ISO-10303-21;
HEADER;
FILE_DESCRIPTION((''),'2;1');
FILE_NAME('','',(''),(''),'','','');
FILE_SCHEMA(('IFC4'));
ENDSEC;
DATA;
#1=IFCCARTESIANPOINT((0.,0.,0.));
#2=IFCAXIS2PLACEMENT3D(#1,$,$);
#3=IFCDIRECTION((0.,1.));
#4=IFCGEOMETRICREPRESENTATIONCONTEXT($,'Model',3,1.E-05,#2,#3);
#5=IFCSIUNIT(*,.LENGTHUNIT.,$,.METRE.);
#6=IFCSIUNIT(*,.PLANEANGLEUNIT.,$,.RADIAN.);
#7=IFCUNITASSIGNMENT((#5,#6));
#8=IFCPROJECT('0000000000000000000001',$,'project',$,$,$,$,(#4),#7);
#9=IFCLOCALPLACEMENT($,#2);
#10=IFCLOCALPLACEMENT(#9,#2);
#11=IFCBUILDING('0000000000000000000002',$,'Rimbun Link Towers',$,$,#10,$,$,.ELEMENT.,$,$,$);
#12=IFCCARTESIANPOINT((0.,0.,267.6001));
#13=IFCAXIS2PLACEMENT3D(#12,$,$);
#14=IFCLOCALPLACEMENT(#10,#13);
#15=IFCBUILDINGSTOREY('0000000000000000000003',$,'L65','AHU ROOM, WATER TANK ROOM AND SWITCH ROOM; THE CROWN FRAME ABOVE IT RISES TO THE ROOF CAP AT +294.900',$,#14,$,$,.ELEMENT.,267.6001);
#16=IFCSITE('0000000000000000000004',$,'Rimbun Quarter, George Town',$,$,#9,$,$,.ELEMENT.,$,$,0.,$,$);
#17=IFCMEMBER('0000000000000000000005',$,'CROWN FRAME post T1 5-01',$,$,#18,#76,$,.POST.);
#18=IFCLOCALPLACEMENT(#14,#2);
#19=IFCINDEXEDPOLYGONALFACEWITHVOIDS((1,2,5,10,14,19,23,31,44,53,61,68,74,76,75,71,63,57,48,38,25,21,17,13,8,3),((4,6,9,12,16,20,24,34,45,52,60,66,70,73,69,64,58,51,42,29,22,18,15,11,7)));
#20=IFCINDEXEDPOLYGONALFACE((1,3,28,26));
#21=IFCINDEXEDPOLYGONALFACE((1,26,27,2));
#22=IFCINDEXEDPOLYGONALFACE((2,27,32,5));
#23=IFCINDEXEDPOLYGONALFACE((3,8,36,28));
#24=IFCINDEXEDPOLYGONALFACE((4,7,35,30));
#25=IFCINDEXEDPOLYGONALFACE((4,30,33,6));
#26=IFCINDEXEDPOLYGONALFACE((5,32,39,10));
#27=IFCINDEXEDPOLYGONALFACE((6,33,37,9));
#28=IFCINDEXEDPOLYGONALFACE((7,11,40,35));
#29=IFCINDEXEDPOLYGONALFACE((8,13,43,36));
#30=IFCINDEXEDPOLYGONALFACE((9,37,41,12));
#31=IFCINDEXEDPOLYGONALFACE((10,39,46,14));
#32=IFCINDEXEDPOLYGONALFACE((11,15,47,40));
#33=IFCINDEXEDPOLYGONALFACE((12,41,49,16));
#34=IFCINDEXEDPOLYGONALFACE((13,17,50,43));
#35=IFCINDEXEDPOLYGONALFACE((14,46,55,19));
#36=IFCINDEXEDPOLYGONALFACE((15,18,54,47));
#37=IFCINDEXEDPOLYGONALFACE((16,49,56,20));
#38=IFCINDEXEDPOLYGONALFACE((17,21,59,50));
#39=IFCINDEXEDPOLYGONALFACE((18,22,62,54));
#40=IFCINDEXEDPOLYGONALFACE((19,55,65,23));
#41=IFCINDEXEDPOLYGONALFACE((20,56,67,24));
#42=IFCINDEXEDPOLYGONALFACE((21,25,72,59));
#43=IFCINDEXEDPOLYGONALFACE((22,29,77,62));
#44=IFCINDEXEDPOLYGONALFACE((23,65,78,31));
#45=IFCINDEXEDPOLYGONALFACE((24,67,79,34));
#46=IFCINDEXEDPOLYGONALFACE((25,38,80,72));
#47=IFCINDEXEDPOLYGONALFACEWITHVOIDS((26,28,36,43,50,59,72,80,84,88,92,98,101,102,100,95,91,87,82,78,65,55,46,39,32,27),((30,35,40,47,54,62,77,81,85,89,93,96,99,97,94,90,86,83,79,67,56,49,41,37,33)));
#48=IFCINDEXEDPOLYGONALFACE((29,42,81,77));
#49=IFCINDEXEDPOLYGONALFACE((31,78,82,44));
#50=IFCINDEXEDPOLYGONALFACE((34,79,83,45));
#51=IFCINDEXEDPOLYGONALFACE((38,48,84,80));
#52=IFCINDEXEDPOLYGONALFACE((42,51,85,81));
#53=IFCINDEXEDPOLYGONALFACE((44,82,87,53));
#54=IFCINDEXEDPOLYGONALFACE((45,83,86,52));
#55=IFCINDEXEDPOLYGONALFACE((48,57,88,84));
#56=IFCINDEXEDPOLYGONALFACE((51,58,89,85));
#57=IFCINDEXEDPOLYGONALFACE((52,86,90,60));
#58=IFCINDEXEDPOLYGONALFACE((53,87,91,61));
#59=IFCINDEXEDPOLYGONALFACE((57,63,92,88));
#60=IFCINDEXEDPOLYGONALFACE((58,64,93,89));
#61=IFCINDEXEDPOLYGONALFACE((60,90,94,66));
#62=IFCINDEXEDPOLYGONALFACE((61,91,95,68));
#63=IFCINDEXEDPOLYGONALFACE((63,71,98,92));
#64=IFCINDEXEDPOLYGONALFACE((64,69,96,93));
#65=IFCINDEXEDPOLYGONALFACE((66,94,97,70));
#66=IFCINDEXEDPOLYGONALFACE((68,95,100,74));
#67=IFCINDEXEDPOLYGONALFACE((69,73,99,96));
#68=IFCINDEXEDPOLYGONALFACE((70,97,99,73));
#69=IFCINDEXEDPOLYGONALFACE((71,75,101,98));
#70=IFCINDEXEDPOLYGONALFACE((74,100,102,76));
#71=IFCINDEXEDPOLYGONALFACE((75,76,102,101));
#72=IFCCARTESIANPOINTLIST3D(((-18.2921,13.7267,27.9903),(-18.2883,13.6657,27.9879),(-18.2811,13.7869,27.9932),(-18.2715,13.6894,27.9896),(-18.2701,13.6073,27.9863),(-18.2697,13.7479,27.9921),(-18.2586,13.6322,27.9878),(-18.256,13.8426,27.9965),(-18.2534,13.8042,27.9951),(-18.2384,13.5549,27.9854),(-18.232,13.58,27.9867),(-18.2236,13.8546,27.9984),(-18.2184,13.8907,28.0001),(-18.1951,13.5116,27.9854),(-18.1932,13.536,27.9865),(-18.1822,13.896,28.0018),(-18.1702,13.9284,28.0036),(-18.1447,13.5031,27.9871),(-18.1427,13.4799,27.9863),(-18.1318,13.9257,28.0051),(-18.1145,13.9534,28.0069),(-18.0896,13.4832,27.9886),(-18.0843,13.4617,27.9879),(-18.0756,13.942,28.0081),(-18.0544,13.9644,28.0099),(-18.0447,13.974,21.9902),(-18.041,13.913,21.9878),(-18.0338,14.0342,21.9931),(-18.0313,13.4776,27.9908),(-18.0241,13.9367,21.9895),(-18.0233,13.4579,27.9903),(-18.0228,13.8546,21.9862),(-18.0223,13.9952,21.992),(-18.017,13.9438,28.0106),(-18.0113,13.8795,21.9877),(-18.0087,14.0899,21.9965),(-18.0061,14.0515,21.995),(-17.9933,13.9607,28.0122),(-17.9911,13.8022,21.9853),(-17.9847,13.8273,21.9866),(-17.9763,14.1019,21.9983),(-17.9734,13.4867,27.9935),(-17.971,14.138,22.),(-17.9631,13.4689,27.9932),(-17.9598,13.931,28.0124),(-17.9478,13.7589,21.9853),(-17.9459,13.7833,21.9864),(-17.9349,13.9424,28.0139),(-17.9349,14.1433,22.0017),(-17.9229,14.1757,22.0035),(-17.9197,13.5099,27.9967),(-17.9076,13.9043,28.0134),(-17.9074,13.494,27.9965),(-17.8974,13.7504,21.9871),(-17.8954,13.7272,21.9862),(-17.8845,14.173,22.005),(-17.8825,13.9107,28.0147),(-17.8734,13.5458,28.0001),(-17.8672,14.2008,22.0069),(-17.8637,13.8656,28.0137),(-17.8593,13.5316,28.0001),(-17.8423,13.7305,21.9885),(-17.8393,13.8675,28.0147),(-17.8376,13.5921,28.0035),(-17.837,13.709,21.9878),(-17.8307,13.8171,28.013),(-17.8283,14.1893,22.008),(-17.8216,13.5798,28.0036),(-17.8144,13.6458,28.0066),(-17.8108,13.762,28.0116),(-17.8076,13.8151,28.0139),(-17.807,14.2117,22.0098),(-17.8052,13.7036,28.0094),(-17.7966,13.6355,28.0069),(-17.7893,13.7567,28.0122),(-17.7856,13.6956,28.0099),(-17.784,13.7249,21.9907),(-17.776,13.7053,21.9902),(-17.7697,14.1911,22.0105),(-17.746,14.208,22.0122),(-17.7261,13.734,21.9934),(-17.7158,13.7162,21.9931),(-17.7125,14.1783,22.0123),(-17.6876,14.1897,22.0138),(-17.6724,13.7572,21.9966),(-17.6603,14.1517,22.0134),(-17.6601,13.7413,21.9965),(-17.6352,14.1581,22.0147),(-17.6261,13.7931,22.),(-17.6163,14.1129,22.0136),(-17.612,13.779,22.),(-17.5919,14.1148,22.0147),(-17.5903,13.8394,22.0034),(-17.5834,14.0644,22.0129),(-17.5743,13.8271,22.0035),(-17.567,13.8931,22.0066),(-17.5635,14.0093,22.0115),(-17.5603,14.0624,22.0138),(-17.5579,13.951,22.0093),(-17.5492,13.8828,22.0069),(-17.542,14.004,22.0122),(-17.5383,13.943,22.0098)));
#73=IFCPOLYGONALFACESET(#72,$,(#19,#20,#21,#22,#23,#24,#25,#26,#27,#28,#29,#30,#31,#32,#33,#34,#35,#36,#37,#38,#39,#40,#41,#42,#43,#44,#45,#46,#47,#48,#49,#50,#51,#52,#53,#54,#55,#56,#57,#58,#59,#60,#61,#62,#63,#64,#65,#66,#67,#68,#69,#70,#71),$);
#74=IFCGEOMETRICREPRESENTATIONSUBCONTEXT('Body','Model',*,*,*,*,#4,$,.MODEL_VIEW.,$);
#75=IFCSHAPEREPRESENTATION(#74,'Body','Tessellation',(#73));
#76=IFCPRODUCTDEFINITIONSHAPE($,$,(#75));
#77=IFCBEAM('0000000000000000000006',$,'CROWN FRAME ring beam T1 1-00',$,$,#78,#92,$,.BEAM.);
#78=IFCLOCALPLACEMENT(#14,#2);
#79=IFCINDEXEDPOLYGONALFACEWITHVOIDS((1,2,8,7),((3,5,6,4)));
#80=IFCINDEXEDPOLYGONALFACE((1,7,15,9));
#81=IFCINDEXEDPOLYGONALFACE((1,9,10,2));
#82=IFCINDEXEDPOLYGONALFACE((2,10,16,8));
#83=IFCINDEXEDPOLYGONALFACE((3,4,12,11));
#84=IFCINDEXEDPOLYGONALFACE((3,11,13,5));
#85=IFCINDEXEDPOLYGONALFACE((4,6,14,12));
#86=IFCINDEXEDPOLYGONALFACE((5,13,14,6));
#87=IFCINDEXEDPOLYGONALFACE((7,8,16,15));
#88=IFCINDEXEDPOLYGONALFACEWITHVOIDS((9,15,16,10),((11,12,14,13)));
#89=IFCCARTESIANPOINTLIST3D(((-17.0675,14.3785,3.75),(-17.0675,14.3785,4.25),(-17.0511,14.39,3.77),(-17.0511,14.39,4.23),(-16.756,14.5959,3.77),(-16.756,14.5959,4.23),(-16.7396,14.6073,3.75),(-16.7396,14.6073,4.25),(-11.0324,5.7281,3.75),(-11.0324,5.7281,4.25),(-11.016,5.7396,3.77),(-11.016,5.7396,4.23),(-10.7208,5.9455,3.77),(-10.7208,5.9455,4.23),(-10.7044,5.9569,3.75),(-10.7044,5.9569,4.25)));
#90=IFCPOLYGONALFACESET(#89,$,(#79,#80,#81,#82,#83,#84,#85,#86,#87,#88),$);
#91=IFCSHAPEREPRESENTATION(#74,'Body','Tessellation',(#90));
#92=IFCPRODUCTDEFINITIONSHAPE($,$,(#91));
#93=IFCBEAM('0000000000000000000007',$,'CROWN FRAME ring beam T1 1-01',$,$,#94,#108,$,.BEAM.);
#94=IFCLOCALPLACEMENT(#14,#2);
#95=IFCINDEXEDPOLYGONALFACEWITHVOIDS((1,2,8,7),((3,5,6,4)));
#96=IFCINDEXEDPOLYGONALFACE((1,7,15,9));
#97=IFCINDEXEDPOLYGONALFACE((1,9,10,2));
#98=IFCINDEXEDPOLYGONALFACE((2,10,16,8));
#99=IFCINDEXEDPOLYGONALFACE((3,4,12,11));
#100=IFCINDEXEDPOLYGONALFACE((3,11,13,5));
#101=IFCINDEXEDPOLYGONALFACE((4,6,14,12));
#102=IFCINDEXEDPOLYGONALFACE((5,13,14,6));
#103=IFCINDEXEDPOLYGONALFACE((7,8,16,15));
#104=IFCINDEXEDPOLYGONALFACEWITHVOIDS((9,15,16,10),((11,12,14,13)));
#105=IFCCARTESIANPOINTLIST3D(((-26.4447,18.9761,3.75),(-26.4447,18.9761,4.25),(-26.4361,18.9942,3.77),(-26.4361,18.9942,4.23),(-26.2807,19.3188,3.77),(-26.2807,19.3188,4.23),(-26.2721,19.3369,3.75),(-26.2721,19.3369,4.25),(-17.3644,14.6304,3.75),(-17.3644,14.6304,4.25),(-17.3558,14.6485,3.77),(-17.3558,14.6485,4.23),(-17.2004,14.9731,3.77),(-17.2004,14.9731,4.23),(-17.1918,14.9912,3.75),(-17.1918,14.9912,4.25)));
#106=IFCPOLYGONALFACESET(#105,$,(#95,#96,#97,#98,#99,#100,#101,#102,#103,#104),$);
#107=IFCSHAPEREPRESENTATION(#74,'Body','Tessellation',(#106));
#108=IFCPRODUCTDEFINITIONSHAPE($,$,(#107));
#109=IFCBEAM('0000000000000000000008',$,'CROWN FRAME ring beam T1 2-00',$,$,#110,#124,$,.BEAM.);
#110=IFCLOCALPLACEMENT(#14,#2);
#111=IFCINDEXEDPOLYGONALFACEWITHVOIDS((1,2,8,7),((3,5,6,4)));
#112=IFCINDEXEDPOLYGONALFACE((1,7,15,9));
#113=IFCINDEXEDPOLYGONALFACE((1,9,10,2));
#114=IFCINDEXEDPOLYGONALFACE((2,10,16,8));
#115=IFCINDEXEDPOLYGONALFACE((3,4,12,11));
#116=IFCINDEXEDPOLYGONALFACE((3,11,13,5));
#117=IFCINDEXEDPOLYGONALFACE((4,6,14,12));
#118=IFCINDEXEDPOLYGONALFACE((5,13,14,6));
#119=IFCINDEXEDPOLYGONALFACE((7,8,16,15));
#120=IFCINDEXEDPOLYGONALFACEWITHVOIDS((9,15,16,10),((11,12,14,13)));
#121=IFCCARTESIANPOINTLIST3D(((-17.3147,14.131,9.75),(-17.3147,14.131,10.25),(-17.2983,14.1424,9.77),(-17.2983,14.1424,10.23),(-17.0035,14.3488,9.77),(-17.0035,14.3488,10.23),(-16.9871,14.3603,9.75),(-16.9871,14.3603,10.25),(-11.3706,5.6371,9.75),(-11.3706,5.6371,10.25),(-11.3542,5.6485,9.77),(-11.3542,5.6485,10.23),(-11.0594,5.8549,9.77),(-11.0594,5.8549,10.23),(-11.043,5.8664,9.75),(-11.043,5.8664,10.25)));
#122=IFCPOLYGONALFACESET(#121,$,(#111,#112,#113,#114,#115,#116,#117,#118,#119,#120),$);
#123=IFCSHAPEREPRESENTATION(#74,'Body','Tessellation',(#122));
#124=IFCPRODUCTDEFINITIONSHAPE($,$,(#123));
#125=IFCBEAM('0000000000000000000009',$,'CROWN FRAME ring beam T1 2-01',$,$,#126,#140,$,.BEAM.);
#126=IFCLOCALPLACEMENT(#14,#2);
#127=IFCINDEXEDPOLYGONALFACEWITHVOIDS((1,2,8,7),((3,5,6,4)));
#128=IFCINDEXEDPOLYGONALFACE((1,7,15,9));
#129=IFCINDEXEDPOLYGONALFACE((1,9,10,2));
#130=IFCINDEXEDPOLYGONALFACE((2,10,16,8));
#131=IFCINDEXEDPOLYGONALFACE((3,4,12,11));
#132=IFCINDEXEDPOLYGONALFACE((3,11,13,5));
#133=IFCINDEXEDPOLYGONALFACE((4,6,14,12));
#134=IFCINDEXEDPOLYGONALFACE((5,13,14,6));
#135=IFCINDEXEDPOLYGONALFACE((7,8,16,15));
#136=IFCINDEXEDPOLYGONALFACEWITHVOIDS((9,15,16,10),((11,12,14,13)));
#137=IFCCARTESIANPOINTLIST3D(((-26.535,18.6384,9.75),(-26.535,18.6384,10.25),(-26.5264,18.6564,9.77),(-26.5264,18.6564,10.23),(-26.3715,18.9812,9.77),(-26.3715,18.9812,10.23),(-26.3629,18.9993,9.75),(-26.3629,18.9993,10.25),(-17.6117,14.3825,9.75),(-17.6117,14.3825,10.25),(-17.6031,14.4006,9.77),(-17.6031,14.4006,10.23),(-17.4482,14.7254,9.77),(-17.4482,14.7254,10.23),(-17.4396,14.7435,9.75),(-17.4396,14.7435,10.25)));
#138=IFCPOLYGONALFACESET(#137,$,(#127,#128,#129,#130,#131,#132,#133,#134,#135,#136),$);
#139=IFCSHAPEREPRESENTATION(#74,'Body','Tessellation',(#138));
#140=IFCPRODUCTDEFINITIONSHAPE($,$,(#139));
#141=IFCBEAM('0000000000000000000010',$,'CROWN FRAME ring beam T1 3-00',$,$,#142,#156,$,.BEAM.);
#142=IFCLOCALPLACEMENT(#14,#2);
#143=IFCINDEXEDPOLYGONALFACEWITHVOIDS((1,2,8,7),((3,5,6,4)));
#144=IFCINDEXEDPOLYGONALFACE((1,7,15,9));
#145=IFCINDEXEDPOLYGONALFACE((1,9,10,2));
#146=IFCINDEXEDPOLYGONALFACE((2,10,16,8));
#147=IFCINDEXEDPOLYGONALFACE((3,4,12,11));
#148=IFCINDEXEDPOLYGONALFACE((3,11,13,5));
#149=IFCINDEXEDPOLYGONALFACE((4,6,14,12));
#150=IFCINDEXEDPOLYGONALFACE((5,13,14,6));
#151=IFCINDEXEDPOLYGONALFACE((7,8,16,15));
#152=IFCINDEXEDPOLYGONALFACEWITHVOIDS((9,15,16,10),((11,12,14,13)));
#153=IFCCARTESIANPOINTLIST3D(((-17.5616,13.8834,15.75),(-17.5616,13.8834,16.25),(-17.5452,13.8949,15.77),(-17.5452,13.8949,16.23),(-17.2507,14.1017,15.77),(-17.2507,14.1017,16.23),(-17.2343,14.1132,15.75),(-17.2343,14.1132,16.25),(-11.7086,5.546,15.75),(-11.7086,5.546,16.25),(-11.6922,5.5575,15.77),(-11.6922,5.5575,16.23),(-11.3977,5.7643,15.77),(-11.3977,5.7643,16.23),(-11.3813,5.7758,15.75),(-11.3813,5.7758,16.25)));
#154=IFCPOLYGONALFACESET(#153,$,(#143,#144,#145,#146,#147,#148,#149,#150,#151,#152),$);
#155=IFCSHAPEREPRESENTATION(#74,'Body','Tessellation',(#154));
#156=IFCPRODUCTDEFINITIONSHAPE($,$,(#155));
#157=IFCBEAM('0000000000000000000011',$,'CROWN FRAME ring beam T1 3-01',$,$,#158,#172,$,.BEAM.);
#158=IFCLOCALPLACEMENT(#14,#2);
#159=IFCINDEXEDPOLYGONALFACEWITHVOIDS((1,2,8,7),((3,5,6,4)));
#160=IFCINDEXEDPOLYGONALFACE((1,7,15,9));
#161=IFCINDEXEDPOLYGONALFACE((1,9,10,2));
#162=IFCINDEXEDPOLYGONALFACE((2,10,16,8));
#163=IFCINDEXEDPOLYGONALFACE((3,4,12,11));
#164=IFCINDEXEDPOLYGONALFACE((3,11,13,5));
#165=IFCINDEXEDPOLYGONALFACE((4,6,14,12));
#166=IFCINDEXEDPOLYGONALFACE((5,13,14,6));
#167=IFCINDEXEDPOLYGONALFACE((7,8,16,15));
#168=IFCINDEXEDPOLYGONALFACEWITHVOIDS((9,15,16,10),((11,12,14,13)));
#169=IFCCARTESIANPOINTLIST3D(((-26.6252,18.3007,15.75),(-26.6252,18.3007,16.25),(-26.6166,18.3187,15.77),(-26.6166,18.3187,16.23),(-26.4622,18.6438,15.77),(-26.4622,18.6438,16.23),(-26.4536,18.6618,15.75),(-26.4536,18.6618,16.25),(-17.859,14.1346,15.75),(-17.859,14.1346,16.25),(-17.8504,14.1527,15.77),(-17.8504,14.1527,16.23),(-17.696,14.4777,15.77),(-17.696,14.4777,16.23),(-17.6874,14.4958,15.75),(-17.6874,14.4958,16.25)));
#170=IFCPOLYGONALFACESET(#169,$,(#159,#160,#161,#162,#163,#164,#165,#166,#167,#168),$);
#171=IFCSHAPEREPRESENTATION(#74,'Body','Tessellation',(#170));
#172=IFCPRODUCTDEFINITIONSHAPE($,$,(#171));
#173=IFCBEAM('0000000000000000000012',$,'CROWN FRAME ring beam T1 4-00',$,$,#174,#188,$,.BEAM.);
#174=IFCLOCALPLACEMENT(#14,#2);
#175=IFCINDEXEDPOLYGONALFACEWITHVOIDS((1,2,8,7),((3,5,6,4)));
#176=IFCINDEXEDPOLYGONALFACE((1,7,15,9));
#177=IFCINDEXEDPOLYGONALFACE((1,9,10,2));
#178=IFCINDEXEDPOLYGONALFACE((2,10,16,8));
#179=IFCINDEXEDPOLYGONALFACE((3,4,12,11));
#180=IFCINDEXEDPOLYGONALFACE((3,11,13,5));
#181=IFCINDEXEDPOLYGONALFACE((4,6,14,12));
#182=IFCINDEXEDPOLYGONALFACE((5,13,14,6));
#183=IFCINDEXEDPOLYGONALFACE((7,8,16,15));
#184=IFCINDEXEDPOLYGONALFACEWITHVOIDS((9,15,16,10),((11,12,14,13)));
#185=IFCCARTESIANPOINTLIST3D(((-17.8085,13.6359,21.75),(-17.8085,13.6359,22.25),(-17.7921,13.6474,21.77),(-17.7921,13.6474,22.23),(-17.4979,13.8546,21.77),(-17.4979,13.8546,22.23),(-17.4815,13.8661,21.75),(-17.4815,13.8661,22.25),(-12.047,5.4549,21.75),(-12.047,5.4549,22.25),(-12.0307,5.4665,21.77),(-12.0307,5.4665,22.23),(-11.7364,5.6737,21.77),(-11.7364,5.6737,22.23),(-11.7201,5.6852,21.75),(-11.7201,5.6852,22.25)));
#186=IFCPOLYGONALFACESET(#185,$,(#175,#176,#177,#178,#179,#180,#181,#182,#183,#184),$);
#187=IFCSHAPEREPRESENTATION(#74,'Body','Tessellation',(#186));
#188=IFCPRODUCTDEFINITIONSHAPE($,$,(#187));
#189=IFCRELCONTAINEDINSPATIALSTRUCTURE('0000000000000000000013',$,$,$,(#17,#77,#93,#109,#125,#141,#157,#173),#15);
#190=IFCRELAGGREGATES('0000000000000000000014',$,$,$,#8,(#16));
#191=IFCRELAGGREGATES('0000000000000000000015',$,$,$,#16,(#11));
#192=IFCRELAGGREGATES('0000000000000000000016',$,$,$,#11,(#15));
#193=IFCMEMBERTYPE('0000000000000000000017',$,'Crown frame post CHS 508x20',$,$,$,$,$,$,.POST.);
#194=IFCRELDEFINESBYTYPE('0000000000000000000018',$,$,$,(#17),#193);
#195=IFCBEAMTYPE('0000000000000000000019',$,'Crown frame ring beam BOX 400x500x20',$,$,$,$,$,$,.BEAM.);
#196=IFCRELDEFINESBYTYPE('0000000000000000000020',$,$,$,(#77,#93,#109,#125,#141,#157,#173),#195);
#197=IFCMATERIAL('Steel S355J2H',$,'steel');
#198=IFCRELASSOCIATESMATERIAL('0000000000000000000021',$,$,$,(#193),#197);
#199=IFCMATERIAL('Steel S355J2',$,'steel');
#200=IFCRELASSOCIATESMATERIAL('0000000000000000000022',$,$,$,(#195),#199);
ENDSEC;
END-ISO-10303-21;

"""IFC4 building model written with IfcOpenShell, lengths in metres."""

from ifc_helpers import new_model, si_unit, direction, frame, origin, origin_2d, place, context, subcontext, project, spatial, hollow_rectangle, hollow_circle, extrude, material, material_profile, profile_set, type_object, element, save


model = new_model("IFC4")

# Units and contexts
model_context = context("Model", 3, precision=1e-05, world=origin(), true_north=direction((0.0, 1.0)))
body_context = subcontext(model_context, "Body", "Model", "MODEL_VIEW")
ifc_project = project(units=[si_unit("LENGTHUNIT", "METRE"), si_unit("PLANEANGLEUNIT", "RADIAN")], contexts=[model_context])

# Site, building, storey
site_placement = place(None, origin())
site = spatial("IfcSite", under=ifc_project, at=site_placement, Name="Rimbun Quarter, George Town", CompositionType="ELEMENT", RefElevation=0.0)
building_placement = place(site_placement, origin())
building = spatial("IfcBuilding", under=site, at=building_placement, Name="Rimbun Link Towers", CompositionType="ELEMENT")
storey_placement = place(building_placement, frame((0.0, 0.0, 267.6001)))
storey = spatial("IfcBuildingStorey", under=building, at=storey_placement, Name="L65", Description="AHU ROOM, WATER TANK ROOM AND SWITCH ROOM; THE CROWN FRAME ABOVE IT RISES TO THE ROOF CAP AT +294.900", CompositionType="ELEMENT", Elevation=267.6001)

# Member
ifc_material_1 = material(Name="Steel S355J2H", Category="steel")
ifc_material_profile_1 = material_profile(ifc_material_1, hollow_circle(Radius=0.2539, WallThickness=0.02, at=origin_2d()), Name="Crown frame post CHS 508x20")
ifc_profile_set_1 = profile_set([ifc_material_profile_1], Name="Steel S355J2H")
member_type_1 = type_object("IfcMemberType", Name="Crown frame post CHS 508x20", PredefinedType="POST", material=ifc_profile_set_1)
for number, where, z_axis, x_axis, name in (
    (1, (-17.7915, 13.9585, 22.0), (-0.041149, -0.041149, 0.998305), (0.707107, -0.707107, 0.0), "CROWN FRAME post T1 5-01"),
):
    element("IfcMember", number, at=place(storey_placement, frame(where, z_axis=z_axis, x_axis=x_axis)), inside=storey, type_object=member_type_1, Name=name, PredefinedType="POST", context=body_context, shape_type="SweptSolid", body=[
        extrude(hollow_circle(Radius=0.2539, WallThickness=0.02, at=origin_2d()), origin(), (0.0, 0.0, 1.0), 6.0103),
    ])

# Beams
ifc_material_2 = material(Name="Steel S355J2", Category="steel")
ifc_material_profile_2 = material_profile(ifc_material_2, hollow_rectangle(XDim=0.3999, YDim=0.5, WallThickness=0.02, at=origin_2d()), Name="Crown frame ring beam BOX 400x500x20")
ifc_profile_set_2 = profile_set([ifc_material_profile_2], Name="Steel S355J2")
beam_type_1 = type_object("IfcBeamType", Name="Crown frame ring beam BOX 400x500x20", PredefinedType="BEAM", material=ifc_profile_set_2)
beam_1_placement = place(storey_placement, frame((-10.8684, 5.8425, 4.0), z_axis=(-0.572182, 0.820127, 0.0), x_axis=(-0.820127, -0.572182, 0.0)))
element("IfcBeam", 2, at=beam_1_placement, inside=storey, type_object=beam_type_1, Name="CROWN FRAME ring beam T1 1-00", PredefinedType="BEAM", context=body_context, shape_type="SweptSolid", body=[
    extrude(hollow_rectangle(XDim=0.3999, YDim=0.5, WallThickness=0.02, at=origin_2d()), origin(), (0.0, 0.0, 1.0), 10.5476),
])
beam_2_placement = place(storey_placement, frame((-17.2781, 14.8108, 4.0), z_axis=(-0.902021, 0.431693, 0.0), x_axis=(-0.431693, -0.902021, 0.0)))
element("IfcBeam", 3, at=beam_2_placement, inside=storey, type_object=beam_type_1, Name="CROWN FRAME ring beam T1 1-01", PredefinedType="BEAM", context=body_context, shape_type="SweptSolid", body=[
    extrude(hollow_rectangle(XDim=0.3999, YDim=0.5, WallThickness=0.02, at=origin_2d()), origin(), (0.0, 0.0, 1.0), 10.0667),
])
beam_3_placement = place(storey_placement, frame((-11.2068, 5.7517, 10.0), z_axis=(-0.573356, 0.819306, 0.0), x_axis=(-0.819306, -0.573356, 0.0)))
element("IfcBeam", 4, at=beam_3_placement, inside=storey, type_object=beam_type_1, Name="CROWN FRAME ring beam T1 2-00", PredefinedType="BEAM", context=body_context, shape_type="SweptSolid", body=[
    extrude(hollow_rectangle(XDim=0.3999, YDim=0.5, WallThickness=0.02, at=origin_2d()), origin(), (0.0, 0.0, 1.0), 10.3672),
])
beam_4_placement = place(storey_placement, frame((-17.5256, 14.563, 10.0), z_axis=(-0.902599, 0.430482, 0.0), x_axis=(-0.430482, -0.902599, 0.0)))
element("IfcBeam", 5, at=beam_4_placement, inside=storey, type_object=beam_type_1, Name="CROWN FRAME ring beam T1 2-01", PredefinedType="BEAM", context=body_context, shape_type="SweptSolid", body=[
    extrude(hollow_rectangle(XDim=0.3999, YDim=0.5, WallThickness=0.02, at=origin_2d()), origin(), (0.0, 0.0, 1.0), 9.8862),
])
beam_5_placement = place(storey_placement, frame((-11.5449, 5.6609, 16.0), z_axis=(-0.574572, 0.818454, 0.0), x_axis=(-0.818454, -0.574572, 0.0)))
element("IfcBeam", 6, at=beam_5_placement, inside=storey, type_object=beam_type_1, Name="CROWN FRAME ring beam T1 3-00", PredefinedType="BEAM", context=body_context, shape_type="SweptSolid", body=[
    extrude(hollow_rectangle(XDim=0.3999, YDim=0.5, WallThickness=0.02, at=origin_2d()), origin(), (0.0, 0.0, 1.0), 10.1868),
])
beam_6_placement = place(storey_placement, frame((-17.7732, 14.3152, 16.0), z_axis=(-0.903193, 0.429234, 0.0), x_axis=(-0.429234, -0.903193, 0.0)))
element("IfcBeam", 7, at=beam_6_placement, inside=storey, type_object=beam_type_1, Name="CROWN FRAME ring beam T1 3-01", PredefinedType="BEAM", context=body_context, shape_type="SweptSolid", body=[
    extrude(hollow_rectangle(XDim=0.3999, YDim=0.5, WallThickness=0.02, at=origin_2d()), origin(), (0.0, 0.0, 1.0), 9.7058),
])
beam_7_placement = place(storey_placement, frame((-11.8835, 5.5701, 22.0), z_axis=(-0.575797, 0.817593, 0.0), x_axis=(-0.817593, -0.575797, 0.0)))
element("IfcBeam", 8, at=beam_7_placement, inside=storey, type_object=beam_type_1, Name="CROWN FRAME ring beam T1 4-00", PredefinedType="BEAM", context=body_context, shape_type="SweptSolid", body=[
    extrude(hollow_rectangle(XDim=0.3999, YDim=0.5, WallThickness=0.02, at=origin_2d()), origin(), (0.0, 0.0, 1.0), 10.0061),
])

save(model, "model.ifc")
